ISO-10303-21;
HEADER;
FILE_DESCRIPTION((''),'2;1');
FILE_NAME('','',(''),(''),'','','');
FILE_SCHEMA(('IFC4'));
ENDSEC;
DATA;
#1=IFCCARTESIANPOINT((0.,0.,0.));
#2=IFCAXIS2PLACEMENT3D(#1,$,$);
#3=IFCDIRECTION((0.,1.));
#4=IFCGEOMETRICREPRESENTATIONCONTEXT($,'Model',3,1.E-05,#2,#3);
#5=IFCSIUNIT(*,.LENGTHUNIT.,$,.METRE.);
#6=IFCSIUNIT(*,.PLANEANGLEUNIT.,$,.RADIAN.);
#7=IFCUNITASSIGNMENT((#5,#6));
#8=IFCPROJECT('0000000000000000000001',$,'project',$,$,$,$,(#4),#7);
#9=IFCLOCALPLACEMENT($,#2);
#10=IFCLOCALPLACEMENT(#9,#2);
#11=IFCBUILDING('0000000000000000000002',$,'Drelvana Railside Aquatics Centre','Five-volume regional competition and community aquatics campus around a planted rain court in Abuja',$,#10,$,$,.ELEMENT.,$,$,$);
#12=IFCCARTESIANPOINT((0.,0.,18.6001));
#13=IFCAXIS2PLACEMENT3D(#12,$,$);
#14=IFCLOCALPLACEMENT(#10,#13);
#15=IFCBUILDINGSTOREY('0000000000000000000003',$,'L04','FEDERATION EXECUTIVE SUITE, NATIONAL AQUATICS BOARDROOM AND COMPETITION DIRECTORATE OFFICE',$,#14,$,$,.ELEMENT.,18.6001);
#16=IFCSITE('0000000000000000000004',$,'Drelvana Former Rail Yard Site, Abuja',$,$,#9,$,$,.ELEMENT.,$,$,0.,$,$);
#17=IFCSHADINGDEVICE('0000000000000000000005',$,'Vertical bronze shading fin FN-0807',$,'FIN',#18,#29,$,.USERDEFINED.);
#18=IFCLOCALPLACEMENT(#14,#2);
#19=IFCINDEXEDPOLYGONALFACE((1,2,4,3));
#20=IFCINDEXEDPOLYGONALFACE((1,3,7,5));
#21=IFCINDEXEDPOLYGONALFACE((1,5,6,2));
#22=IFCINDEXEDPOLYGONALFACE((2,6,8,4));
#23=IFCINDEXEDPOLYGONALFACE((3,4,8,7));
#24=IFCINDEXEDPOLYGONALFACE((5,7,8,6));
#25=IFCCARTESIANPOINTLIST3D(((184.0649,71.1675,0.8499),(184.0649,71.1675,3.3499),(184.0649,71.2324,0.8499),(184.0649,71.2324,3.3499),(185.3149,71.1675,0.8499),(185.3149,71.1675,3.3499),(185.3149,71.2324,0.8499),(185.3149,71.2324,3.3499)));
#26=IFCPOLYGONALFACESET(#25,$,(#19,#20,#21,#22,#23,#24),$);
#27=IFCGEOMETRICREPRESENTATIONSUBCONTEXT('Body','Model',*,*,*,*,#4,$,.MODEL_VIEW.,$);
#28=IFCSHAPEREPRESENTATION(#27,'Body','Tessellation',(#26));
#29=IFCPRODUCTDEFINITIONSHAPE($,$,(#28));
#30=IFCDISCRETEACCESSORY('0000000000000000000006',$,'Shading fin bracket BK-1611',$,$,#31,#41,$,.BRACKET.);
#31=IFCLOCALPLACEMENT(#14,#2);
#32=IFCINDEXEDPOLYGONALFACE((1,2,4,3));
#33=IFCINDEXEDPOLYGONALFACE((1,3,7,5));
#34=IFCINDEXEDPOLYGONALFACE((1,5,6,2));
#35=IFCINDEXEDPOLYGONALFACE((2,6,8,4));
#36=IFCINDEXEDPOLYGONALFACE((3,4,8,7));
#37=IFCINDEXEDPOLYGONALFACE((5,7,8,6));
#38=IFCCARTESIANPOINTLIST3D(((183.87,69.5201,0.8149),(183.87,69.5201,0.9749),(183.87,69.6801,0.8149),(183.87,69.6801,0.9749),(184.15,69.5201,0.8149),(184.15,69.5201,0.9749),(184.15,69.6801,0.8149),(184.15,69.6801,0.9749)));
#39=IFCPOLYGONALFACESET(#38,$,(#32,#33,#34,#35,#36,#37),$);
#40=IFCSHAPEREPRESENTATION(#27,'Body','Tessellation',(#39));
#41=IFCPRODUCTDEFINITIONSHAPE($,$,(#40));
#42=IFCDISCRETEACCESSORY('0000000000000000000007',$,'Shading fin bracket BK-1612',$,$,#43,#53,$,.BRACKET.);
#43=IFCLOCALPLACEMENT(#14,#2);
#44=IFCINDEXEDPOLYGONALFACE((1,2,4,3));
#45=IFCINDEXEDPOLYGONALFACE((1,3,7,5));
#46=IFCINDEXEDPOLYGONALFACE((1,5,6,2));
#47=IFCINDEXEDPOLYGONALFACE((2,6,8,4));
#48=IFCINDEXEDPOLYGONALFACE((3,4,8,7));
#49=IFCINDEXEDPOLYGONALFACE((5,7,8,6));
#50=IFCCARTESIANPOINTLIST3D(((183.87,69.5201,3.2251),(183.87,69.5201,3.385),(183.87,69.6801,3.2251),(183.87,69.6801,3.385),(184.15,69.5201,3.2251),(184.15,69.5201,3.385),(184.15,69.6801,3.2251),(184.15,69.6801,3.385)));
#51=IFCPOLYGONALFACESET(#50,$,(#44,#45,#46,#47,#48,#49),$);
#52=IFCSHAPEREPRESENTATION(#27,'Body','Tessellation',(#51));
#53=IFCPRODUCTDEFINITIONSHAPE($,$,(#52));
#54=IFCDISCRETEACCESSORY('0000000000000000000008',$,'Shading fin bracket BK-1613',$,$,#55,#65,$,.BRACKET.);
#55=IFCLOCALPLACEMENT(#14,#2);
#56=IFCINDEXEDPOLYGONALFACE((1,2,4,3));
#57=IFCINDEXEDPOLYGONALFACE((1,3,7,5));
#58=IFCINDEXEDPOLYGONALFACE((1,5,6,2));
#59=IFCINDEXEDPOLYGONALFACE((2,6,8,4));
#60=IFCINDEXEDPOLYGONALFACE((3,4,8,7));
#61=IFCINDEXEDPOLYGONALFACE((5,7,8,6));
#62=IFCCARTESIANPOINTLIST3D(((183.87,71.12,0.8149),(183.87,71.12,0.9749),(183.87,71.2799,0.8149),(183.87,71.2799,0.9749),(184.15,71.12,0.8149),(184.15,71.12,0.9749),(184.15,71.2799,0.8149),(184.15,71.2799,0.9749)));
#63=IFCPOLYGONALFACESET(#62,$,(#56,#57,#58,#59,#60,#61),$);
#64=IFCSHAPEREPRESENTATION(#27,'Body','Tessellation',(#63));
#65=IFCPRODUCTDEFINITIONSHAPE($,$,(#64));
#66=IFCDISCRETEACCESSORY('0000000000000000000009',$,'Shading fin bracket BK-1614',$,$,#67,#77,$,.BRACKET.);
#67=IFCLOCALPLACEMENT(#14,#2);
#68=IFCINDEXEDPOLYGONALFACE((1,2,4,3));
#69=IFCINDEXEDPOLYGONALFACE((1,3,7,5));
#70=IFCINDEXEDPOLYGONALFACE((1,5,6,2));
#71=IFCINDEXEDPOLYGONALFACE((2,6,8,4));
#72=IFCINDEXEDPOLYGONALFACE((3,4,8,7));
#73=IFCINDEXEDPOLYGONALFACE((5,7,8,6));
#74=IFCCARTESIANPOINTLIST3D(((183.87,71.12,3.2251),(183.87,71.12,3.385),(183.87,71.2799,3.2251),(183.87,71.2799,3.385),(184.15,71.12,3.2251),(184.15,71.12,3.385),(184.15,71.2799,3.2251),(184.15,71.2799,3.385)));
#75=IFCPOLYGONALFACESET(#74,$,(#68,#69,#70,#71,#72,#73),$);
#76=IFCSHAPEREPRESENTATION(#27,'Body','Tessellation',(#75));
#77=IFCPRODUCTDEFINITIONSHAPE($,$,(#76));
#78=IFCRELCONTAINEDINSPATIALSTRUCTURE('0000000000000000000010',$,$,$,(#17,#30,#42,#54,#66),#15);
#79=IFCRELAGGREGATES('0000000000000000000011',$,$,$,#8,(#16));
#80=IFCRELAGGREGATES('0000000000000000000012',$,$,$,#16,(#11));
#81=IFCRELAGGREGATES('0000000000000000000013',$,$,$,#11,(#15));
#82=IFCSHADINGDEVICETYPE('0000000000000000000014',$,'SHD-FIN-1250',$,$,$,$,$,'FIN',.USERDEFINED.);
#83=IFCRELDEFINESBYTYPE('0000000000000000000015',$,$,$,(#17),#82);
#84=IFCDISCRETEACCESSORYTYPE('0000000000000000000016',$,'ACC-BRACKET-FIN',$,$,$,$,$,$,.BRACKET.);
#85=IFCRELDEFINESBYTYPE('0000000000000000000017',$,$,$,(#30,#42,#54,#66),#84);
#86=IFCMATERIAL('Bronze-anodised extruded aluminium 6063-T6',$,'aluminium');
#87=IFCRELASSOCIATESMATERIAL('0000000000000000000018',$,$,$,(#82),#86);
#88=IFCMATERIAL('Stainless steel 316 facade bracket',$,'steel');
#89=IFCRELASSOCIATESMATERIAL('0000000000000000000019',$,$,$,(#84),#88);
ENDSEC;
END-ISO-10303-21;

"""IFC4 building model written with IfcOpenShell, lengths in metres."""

from ifc_helpers import new_model, si_unit, direction, frame, origin, origin_2d, place, context, subcontext, project, spatial, rectangle, extrude, material, type_object, element, save


model = new_model("IFC4")

# Units and contexts
model_context = context("Model", 3, precision=1e-05, world=origin(), true_north=direction((0.0, 1.0)))
body_context = subcontext(model_context, "Body", "Model", "MODEL_VIEW")
ifc_project = project(units=[si_unit("LENGTHUNIT", "METRE"), si_unit("PLANEANGLEUNIT", "RADIAN")], contexts=[model_context])

# Site, building, storey
site_placement = place(None, origin())
site = spatial("IfcSite", under=ifc_project, at=site_placement, Name="Drelvana Former Rail Yard Site, Abuja", CompositionType="ELEMENT", RefElevation=0.0)
building_placement = place(site_placement, origin())
building = spatial("IfcBuilding", under=site, at=building_placement, Name="Drelvana Railside Aquatics Centre", Description="Five-volume regional competition and community aquatics campus around a planted rain court in Abuja", CompositionType="ELEMENT")
storey_placement = place(building_placement, frame((0.0, 0.0, 18.6001)))
storey = spatial("IfcBuildingStorey", under=building, at=storey_placement, Name="L04", Description="FEDERATION EXECUTIVE SUITE, NATIONAL AQUATICS BOARDROOM AND COMPETITION DIRECTORATE OFFICE", CompositionType="ELEMENT", Elevation=18.6001)

# Shared definitions
ifc_material_1 = material(Name="Bronze-anodised extruded aluminium 6063-T6", Category="aluminium")

# Shading device
shading_device_type = type_object("IfcShadingDeviceType", Name="SHD-FIN-1250", ElementType="FIN", PredefinedType="USERDEFINED", material=ifc_material_1)
for number, where, z_axis, x_axis, name in (
    (1, (184.6899, 71.2, 0.8499), (0.0, 0.0, 1.0), (1.0, 0.0, 0.0), "Vertical bronze shading fin FN-0807"),
):
    element("IfcShadingDevice", number, at=place(storey_placement, frame(where, z_axis=z_axis, x_axis=x_axis)), inside=storey, type_object=shading_device_type, Name=name, ObjectType="FIN", PredefinedType="USERDEFINED", context=body_context, shape_type="SweptSolid", body=[
        extrude(rectangle(XDim=1.25, YDim=0.0649, at=origin_2d()), origin(), (0.0, 0.0, 1.0), 2.5),
    ])

# Discrete accessories
ifc_material_2 = material(Name="Stainless steel 316 facade bracket", Category="steel")
discrete_accessory_type = type_object("IfcDiscreteAccessoryType", Name="ACC-BRACKET-FIN", PredefinedType="BRACKET", material=ifc_material_2)
for number, where, z_axis, x_axis, name in (
    (2, (184.01, 69.6001, 0.8149), (0.0, 0.0, 1.0), (1.0, 0.0, 0.0), "Shading fin bracket BK-1611"),
    (3, (184.01, 69.6001, 3.2251), (0.0, 0.0, 1.0), (1.0, 0.0, 0.0), "Shading fin bracket BK-1612"),
    (4, (184.01, 71.2, 0.8149), (0.0, 0.0, 1.0), (1.0, 0.0, 0.0), "Shading fin bracket BK-1613"),
    (5, (184.01, 71.2, 3.2251), (0.0, 0.0, 1.0), (1.0, 0.0, 0.0), "Shading fin bracket BK-1614"),
):
    element("IfcDiscreteAccessory", number, at=place(storey_placement, frame(where, z_axis=z_axis, x_axis=x_axis)), inside=storey, type_object=discrete_accessory_type, Name=name, PredefinedType="BRACKET", context=body_context, shape_type="SweptSolid", body=[
        extrude(rectangle(XDim=0.28, YDim=0.1599, at=origin_2d()), origin(), (0.0, 0.0, 1.0), 0.1599),
    ])

save(model, "model.ifc")
